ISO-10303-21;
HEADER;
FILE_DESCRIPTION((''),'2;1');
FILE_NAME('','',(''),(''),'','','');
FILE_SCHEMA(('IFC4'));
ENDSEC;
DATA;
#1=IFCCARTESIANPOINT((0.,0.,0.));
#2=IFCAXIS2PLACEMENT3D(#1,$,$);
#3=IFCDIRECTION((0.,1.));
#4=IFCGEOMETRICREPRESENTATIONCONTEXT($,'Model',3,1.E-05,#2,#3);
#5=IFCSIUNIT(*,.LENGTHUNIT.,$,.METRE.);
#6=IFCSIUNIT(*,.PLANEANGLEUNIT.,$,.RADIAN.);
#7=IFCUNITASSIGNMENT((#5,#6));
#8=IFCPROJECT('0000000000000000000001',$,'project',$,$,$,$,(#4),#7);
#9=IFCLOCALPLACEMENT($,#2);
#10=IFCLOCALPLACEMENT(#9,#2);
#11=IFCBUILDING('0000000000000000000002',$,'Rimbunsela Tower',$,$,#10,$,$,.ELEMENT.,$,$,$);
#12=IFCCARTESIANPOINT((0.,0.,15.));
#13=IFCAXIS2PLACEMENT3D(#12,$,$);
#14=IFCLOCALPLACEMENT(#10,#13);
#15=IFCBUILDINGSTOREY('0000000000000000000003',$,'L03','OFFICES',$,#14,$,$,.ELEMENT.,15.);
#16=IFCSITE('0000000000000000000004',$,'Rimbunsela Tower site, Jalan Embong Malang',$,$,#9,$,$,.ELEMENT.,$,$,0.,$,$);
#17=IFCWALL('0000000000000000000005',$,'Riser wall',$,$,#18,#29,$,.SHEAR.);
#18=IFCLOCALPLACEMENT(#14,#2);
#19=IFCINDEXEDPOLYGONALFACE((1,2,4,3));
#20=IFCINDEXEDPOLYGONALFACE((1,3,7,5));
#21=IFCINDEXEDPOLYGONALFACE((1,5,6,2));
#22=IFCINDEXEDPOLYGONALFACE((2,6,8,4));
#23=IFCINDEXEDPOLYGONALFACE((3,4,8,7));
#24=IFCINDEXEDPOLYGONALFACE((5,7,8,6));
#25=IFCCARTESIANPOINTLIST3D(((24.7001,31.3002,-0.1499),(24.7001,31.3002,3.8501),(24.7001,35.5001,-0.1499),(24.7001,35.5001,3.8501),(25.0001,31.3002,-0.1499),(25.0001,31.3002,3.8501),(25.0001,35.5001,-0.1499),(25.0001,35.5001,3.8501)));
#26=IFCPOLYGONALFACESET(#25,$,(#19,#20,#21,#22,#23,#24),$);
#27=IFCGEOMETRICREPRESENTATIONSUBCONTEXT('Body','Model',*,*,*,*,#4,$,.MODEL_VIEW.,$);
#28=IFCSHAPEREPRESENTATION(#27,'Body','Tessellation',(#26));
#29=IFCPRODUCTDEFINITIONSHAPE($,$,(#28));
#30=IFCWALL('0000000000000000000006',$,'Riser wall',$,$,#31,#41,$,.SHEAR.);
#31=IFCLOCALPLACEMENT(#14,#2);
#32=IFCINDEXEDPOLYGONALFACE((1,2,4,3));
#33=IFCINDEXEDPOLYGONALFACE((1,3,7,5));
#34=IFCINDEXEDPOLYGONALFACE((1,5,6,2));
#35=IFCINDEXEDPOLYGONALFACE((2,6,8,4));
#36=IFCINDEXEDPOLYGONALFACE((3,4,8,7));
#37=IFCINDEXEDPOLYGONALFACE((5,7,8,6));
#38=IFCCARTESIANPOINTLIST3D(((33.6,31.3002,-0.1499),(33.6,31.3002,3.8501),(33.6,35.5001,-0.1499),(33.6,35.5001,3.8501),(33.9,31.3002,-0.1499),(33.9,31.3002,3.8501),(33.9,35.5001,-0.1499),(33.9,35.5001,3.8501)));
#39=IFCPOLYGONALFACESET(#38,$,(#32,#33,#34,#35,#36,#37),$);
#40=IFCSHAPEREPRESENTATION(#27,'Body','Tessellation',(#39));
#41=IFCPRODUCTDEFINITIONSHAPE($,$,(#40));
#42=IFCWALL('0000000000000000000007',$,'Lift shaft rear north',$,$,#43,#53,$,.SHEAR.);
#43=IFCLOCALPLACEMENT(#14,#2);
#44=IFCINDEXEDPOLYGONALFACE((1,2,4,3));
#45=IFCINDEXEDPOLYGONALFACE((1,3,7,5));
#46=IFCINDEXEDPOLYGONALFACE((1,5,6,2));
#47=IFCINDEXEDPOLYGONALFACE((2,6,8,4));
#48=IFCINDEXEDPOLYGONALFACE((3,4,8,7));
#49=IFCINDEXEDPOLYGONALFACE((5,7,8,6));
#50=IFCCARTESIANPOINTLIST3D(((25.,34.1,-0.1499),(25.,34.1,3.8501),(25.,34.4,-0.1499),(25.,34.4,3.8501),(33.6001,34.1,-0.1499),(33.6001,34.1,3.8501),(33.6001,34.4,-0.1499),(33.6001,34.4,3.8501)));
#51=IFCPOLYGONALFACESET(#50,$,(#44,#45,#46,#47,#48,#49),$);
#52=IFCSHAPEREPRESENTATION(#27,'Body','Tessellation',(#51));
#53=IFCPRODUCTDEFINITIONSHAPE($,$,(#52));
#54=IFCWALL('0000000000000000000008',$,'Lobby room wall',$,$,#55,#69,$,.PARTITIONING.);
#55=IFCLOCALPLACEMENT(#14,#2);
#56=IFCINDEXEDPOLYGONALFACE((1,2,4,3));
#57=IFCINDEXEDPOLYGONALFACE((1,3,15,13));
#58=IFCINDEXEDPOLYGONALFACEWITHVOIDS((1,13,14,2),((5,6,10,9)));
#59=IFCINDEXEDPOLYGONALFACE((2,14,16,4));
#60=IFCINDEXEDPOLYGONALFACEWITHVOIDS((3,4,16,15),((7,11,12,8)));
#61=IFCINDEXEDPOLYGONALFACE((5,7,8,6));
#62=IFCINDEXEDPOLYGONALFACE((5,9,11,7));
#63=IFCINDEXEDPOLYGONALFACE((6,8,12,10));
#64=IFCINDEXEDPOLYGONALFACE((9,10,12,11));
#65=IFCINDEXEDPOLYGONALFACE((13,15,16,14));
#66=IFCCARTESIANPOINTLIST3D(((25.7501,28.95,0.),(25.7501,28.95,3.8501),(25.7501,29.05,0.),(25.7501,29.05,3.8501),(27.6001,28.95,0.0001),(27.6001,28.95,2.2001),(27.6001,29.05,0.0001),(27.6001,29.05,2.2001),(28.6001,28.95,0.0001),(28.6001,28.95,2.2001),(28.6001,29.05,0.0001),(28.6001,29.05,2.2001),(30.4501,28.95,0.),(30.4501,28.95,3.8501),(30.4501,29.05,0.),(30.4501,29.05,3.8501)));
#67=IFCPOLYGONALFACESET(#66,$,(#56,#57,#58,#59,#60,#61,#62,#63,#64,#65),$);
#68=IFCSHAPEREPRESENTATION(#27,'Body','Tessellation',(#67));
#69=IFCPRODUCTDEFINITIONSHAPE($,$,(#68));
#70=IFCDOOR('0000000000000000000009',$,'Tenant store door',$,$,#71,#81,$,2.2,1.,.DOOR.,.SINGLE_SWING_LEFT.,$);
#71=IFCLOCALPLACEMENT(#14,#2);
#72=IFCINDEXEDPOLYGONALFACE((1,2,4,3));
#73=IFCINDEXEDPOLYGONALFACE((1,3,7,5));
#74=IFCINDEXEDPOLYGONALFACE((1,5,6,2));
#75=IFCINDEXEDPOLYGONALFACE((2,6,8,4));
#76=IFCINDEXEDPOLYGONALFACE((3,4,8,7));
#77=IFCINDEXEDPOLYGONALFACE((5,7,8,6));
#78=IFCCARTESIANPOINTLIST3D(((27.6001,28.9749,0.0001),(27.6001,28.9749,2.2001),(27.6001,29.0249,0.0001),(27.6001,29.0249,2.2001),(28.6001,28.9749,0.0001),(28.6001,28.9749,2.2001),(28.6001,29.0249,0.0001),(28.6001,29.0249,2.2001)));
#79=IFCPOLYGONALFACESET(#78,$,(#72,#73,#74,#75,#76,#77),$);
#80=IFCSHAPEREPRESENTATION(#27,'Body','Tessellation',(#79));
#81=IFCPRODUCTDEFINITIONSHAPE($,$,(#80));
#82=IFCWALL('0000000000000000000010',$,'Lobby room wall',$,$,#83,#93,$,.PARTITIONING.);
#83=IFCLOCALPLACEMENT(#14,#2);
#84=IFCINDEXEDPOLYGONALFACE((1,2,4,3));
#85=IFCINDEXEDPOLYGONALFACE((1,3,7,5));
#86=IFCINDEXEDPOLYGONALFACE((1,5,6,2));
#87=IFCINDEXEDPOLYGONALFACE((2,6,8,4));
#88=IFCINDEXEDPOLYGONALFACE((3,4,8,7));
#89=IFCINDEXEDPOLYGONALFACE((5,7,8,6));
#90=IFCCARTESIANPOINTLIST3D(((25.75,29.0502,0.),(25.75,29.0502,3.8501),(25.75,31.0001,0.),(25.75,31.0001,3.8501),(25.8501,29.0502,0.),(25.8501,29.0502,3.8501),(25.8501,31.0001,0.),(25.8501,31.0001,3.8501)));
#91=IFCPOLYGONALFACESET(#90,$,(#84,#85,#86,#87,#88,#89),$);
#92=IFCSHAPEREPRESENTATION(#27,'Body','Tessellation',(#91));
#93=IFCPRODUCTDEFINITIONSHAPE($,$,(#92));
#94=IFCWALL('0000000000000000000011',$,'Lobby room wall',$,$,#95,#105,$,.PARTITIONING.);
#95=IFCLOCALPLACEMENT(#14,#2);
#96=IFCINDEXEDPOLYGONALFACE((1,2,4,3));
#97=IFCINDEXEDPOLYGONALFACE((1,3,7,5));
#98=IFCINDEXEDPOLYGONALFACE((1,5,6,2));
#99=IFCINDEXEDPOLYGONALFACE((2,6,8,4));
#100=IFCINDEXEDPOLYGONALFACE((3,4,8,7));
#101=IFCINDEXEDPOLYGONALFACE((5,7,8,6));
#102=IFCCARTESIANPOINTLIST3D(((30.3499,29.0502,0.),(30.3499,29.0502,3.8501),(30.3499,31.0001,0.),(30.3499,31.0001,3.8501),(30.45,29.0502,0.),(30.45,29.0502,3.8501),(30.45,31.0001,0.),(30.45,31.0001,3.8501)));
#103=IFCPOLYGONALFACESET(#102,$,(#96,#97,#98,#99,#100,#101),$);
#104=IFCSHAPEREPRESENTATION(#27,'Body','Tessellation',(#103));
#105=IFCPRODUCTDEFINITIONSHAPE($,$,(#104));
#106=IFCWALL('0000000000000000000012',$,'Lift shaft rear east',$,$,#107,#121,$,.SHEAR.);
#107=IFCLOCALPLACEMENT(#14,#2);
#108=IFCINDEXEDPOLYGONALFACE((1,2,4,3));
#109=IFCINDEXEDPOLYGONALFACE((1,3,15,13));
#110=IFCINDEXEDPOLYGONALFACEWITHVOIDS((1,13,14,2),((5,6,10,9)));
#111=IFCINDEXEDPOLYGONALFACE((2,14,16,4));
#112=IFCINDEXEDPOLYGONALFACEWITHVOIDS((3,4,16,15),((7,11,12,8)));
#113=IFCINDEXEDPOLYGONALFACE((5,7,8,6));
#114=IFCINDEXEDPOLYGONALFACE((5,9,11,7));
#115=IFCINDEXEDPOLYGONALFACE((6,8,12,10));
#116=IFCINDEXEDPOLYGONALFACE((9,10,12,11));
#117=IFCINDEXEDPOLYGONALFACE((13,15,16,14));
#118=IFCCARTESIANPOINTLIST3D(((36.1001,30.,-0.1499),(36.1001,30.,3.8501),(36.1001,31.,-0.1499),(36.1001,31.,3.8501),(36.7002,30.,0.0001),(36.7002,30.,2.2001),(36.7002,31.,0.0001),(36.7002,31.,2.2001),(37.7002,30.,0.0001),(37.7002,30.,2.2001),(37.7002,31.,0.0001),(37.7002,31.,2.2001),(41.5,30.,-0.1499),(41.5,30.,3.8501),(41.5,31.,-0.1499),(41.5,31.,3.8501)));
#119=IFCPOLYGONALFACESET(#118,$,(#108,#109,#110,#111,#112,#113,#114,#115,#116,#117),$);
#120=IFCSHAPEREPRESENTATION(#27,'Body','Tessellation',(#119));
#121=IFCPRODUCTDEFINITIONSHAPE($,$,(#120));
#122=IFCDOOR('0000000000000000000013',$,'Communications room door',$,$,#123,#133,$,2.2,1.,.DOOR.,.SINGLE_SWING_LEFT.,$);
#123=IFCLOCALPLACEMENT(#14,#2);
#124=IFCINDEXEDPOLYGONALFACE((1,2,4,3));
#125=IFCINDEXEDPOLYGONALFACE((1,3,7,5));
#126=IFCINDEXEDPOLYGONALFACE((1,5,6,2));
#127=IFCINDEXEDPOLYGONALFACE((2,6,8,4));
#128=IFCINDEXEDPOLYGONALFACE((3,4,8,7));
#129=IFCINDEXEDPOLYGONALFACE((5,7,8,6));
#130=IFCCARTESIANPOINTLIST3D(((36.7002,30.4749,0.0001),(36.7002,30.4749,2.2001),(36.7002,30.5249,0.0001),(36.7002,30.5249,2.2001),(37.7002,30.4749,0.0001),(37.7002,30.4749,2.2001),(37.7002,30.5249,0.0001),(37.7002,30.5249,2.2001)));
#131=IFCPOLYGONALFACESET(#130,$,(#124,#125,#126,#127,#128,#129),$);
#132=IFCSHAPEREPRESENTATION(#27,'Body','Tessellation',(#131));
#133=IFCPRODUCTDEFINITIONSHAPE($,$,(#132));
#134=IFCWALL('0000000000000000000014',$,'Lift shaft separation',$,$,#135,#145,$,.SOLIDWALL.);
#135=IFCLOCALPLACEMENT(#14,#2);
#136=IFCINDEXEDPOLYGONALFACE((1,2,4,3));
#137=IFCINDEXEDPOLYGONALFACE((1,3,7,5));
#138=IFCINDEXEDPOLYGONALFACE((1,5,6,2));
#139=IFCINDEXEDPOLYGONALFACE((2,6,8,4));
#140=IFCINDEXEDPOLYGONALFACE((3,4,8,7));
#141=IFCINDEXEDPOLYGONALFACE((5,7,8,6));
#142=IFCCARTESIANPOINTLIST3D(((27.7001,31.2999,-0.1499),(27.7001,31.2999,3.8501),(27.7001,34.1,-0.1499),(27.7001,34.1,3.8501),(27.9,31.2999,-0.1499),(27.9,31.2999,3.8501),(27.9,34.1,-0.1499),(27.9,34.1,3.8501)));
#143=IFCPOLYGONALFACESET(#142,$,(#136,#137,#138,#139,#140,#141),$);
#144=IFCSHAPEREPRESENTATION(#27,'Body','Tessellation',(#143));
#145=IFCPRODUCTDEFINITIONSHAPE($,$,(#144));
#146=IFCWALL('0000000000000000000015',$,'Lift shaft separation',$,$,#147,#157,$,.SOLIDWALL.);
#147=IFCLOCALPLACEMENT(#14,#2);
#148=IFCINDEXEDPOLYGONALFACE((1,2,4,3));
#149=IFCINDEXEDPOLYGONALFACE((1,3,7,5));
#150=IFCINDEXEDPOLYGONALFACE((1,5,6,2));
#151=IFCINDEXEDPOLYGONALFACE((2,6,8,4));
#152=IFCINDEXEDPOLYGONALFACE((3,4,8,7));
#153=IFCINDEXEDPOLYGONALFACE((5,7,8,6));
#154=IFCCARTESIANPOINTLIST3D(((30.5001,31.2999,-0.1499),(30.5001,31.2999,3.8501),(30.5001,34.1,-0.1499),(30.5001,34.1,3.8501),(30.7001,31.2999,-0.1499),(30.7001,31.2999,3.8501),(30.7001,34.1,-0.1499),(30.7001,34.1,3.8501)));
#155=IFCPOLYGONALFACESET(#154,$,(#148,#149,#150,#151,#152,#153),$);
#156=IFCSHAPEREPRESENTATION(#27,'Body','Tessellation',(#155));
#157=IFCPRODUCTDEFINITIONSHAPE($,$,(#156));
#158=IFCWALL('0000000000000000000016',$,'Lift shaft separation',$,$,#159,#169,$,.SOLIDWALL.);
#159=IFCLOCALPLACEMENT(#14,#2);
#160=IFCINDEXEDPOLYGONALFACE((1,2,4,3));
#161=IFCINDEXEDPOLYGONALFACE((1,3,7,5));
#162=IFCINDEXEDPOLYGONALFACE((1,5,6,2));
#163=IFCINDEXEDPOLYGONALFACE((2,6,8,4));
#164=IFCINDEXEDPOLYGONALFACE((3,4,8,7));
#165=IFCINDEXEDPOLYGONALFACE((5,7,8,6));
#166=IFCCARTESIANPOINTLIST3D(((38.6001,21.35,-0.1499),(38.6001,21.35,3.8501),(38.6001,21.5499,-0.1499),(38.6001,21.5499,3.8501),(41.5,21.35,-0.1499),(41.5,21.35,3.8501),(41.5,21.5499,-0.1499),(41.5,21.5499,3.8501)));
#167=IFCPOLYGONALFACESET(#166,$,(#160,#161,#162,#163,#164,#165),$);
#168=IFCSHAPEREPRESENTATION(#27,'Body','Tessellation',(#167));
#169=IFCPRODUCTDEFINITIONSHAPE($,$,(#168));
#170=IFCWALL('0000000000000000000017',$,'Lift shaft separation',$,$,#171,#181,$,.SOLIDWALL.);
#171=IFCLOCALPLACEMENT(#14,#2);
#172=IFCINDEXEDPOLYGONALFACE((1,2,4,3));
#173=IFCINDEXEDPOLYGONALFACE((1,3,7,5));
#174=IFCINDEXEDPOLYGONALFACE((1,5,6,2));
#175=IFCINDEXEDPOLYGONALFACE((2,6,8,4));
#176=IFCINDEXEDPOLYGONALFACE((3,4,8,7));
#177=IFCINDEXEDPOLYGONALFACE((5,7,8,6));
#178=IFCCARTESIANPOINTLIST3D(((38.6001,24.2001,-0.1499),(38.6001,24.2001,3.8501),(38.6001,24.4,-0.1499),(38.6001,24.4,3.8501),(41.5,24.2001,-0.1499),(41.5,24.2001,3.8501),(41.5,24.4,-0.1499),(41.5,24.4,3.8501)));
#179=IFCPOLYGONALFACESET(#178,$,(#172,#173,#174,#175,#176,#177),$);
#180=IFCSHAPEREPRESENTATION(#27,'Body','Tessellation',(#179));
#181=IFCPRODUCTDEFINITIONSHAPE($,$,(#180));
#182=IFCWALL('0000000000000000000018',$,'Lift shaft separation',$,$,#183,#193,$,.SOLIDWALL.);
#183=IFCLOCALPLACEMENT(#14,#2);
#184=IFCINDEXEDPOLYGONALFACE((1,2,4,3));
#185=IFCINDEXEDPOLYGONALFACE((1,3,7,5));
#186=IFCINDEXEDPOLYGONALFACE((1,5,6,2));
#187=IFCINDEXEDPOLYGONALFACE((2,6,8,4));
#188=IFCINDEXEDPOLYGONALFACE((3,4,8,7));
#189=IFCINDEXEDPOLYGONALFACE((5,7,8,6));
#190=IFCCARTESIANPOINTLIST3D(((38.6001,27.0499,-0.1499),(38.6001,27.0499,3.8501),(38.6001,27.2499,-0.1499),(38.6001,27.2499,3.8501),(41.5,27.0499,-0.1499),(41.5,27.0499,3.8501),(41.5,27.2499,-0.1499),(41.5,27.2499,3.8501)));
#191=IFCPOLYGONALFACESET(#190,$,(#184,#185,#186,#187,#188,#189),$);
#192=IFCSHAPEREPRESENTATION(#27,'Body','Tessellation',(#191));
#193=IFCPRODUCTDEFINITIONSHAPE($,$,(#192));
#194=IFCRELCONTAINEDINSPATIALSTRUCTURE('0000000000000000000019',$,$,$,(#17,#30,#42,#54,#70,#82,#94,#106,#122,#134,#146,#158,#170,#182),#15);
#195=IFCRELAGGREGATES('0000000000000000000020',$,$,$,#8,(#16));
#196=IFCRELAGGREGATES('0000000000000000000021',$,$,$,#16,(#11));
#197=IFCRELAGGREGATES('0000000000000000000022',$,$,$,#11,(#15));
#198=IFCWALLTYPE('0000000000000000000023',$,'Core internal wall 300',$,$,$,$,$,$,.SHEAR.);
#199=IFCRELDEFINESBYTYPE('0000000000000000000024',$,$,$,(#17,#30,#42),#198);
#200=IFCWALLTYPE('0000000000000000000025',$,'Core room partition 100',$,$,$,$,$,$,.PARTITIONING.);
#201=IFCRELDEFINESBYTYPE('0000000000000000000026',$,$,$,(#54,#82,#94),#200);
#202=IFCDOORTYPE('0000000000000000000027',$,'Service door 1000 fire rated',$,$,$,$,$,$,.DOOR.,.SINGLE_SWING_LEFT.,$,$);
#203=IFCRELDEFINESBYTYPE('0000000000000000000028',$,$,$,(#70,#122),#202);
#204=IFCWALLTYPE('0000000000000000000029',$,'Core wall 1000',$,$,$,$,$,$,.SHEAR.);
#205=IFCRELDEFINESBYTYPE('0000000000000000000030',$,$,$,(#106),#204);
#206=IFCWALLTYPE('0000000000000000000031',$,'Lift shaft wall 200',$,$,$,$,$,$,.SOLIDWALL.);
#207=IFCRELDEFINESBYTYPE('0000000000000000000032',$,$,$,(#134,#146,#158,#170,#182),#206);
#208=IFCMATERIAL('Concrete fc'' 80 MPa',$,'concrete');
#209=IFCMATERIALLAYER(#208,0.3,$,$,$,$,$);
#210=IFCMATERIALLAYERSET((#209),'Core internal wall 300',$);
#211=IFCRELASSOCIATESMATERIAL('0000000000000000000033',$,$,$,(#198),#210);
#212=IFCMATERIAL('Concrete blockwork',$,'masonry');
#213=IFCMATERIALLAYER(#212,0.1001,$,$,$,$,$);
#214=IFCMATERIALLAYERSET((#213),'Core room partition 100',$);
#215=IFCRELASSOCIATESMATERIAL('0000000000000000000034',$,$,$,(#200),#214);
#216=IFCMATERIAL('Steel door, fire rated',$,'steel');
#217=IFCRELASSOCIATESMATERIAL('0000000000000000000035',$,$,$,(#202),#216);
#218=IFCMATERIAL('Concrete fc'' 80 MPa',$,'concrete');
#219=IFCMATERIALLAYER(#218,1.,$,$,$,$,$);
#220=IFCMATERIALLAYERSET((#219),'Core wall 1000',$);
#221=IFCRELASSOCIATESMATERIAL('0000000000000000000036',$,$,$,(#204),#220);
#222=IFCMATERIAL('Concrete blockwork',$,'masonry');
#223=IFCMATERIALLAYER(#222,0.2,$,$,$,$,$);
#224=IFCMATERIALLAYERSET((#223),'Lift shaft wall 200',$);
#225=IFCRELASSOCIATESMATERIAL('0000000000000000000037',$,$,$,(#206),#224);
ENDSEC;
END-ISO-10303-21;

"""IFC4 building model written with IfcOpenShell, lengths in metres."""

from ifc_helpers import new_model, si_unit, direction, frame, frame_2d, origin, place, context, subcontext, project, spatial, rectangle, extrude, material, layer, layer_set, type_object, element, fill, save


model = new_model("IFC4")

# Units and contexts
model_context = context("Model", 3, precision=1e-05, world=origin(), true_north=direction((0.0, 1.0)))
body_context = subcontext(model_context, "Body", "Model", "MODEL_VIEW")
ifc_project = project(units=[si_unit("LENGTHUNIT", "METRE"), si_unit("PLANEANGLEUNIT", "RADIAN")], contexts=[model_context])

# Site, building, storey
site_placement = place(None, origin())
site = spatial("IfcSite", under=ifc_project, at=site_placement, Name="Rimbunsela Tower site, Jalan Embong Malang", CompositionType="ELEMENT", RefElevation=0.0)
building_placement = place(site_placement, origin())
building = spatial("IfcBuilding", under=site, at=building_placement, Name="Rimbunsela Tower", CompositionType="ELEMENT")
storey_placement = place(building_placement, frame((0.0, 0.0, 15.0)))
storey = spatial("IfcBuildingStorey", under=building, at=storey_placement, Name="L03", Description="OFFICES", CompositionType="ELEMENT", Elevation=15.0)

# Shared definitions
ifc_material_1 = material(Name="Concrete fc' 80 MPa", Category="concrete")
ifc_layer_1 = layer(ifc_material_1, 0.3)
ifc_layer_set_1 = layer_set([ifc_layer_1], Name="Core internal wall 300")
wall_type_1 = type_object("IfcWallType", Name="Core internal wall 300", PredefinedType="SHEAR", material=ifc_layer_set_1)

# Walls
for number, where, z_axis, x_axis, name in (
    (1, (24.8501, 31.3, -0.1499), (0.0, 0.0, 1.0), (0.0, 1.0, 0.0), "Riser wall"),
    (2, (33.75, 31.3, -0.1499), (0.0, 0.0, 1.0), (0.0, 1.0, 0.0), "Riser wall"),
):
    element("IfcWall", number, at=place(storey_placement, frame(where, z_axis=z_axis, x_axis=x_axis)), inside=storey, type_object=wall_type_1, Name=name, PredefinedType="SHEAR", context=body_context, shape_type="SweptSolid", body=[
        extrude(rectangle(XDim=4.2, YDim=0.3, at=frame_2d((2.1001, 0.0))), origin(), (0.0, 0.0, 1.0), 4.0),
    ])
wall_1_placement = place(storey_placement, frame((25.0, 34.25, -0.1499), z_axis=(0.0, 0.0, 1.0), x_axis=(1.0, 0.0, 0.0)))
element("IfcWall", 3, at=wall_1_placement, inside=storey, type_object=wall_type_1, Name="Lift shaft rear north", PredefinedType="SHEAR", context=body_context, shape_type="SweptSolid", body=[
    extrude(rectangle(XDim=8.6001, YDim=0.3, at=frame_2d((4.3, 0.0))), origin(), (0.0, 0.0, 1.0), 4.0),
])

# Wall, opening, door
ifc_material_2 = material(Name="Concrete blockwork", Category="masonry")
ifc_layer_2 = layer(ifc_material_2, 0.1001)
ifc_layer_set_2 = layer_set([ifc_layer_2], Name="Core room partition 100")
wall_type_2 = type_object("IfcWallType", Name="Core room partition 100", PredefinedType="PARTITIONING", material=ifc_layer_set_2)
wall_2_placement = place(storey_placement, frame((25.75, 29.0, 0.0), z_axis=(0.0, 0.0, 1.0), x_axis=(1.0, 0.0, 0.0)))
wall_2 = element("IfcWall", 4, at=wall_2_placement, inside=storey, type_object=wall_type_2, Name="Lobby room wall", PredefinedType="PARTITIONING", context=body_context, shape_type="SweptSolid", body=[
    extrude(rectangle(XDim=4.7, YDim=0.1001, at=frame_2d((2.3501, 0.0))), origin(), (0.0, 0.0, 1.0), 3.8501),
])
opening_1_placement = place(wall_2_placement, frame((1.8501, 0.0, 0.0)))
opening_1 = element("IfcOpeningElement", 5, at=opening_1_placement, cuts=wall_2, PredefinedType="OPENING", context=body_context, shape_type="SweptSolid", body=[
    extrude(rectangle(XDim=1.0, YDim=2.2, at=frame_2d((0.5, 1.1001))), frame((0.0, 0.0601, 0.0), z_axis=(0.0, -1.0, 0.0), x_axis=(1.0, 0.0, 0.0)), (0.0, 0.0, 1.0), 0.1201),
])
ifc_material_3 = material(Name="Steel door, fire rated", Category="steel")
door_type_1 = type_object("IfcDoorType", Name="Service door 1000 fire rated", OperationType="SINGLE_SWING_LEFT", PredefinedType="DOOR", material=ifc_material_3)
door_1_placement = place(opening_1_placement, origin())
door_1 = element("IfcDoor", 6, at=door_1_placement, inside=storey, type_object=door_type_1, Name="Tenant store door", OperationType="SINGLE_SWING_LEFT", OverallHeight=2.2, OverallWidth=1.0, PredefinedType="DOOR", context=body_context, shape_type="SweptSolid", body=[
    extrude(rectangle(XDim=1.0, YDim=2.2, at=frame_2d((0.5, 1.1001))), frame((0.0, 0.0249, 0.0), z_axis=(0.0, -1.0, 0.0), x_axis=(1.0, 0.0, 0.0)), (0.0, 0.0, 1.0), 0.05),
])
fill(opening_1, door_1)

# Walls
for number, where, z_axis, x_axis, name in (
    (7, (25.8, 29.05, 0.0), (0.0, 0.0, 1.0), (0.0, 1.0, 0.0), "Lobby room wall"),
    (8, (30.3999, 29.05, 0.0), (0.0, 0.0, 1.0), (0.0, 1.0, 0.0), "Lobby room wall"),
):
    element("IfcWall", number, at=place(storey_placement, frame(where, z_axis=z_axis, x_axis=x_axis)), inside=storey, type_object=wall_type_2, Name=name, PredefinedType="PARTITIONING", context=body_context, shape_type="SweptSolid", body=[
        extrude(rectangle(XDim=1.95, YDim=0.1001, at=frame_2d((0.9751, 0.0))), origin(), (0.0, 0.0, 1.0), 3.8501),
    ])

# Wall, opening, door
ifc_material_4 = material(Name="Concrete fc' 80 MPa", Category="concrete")
ifc_layer_3 = layer(ifc_material_4, 1.0)
ifc_layer_set_3 = layer_set([ifc_layer_3], Name="Core wall 1000")
wall_type_3 = type_object("IfcWallType", Name="Core wall 1000", PredefinedType="SHEAR", material=ifc_layer_set_3)
wall_3_placement = place(storey_placement, frame((36.1001, 30.5, -0.1499), z_axis=(0.0, 0.0, 1.0), x_axis=(1.0, 0.0, 0.0)))
wall_3 = element("IfcWall", 9, at=wall_3_placement, inside=storey, type_object=wall_type_3, Name="Lift shaft rear east", PredefinedType="SHEAR", context=body_context, shape_type="SweptSolid", body=[
    extrude(rectangle(XDim=5.3999, YDim=1.0, at=frame_2d((2.7, 0.0))), origin(), (0.0, 0.0, 1.0), 4.0),
])
opening_2_placement = place(wall_3_placement, frame((0.6001, 0.0, 0.1499)))
opening_2 = element("IfcOpeningElement", 10, at=opening_2_placement, cuts=wall_3, PredefinedType="OPENING", context=body_context, shape_type="SweptSolid", body=[
    extrude(rectangle(XDim=1.0, YDim=2.2, at=frame_2d((0.5, 1.1001))), frame((0.0, 0.51, 0.0), z_axis=(0.0, -1.0, 0.0), x_axis=(1.0, 0.0, 0.0)), (0.0, 0.0, 1.0), 1.02),
])
door_2_placement = place(opening_2_placement, origin())
door_2 = element("IfcDoor", 11, at=door_2_placement, inside=storey, type_object=door_type_1, Name="Communications room door", OperationType="SINGLE_SWING_LEFT", OverallHeight=2.2, OverallWidth=1.0, PredefinedType="DOOR", context=body_context, shape_type="SweptSolid", body=[
    extrude(rectangle(XDim=1.0, YDim=2.2, at=frame_2d((0.5, 1.1001))), frame((0.0, 0.0249, 0.0), z_axis=(0.0, -1.0, 0.0), x_axis=(1.0, 0.0, 0.0)), (0.0, 0.0, 1.0), 0.05),
])
fill(opening_2, door_2)

# Walls
ifc_material_5 = material(Name="Concrete blockwork", Category="masonry")
ifc_layer_4 = layer(ifc_material_5, 0.2)
ifc_layer_set_4 = layer_set([ifc_layer_4], Name="Lift shaft wall 200")
wall_type_4 = type_object("IfcWallType", Name="Lift shaft wall 200", PredefinedType="SOLIDWALL", material=ifc_layer_set_4)
for number, where, z_axis, x_axis, name in (
    (12, (27.8, 31.3, -0.1499), (0.0, 0.0, 1.0), (0.0, 1.0, 0.0), "Lift shaft separation"),
    (13, (30.6001, 31.3, -0.1499), (0.0, 0.0, 1.0), (0.0, 1.0, 0.0), "Lift shaft separation"),
):
    element("IfcWall", number, at=place(storey_placement, frame(where, z_axis=z_axis, x_axis=x_axis)), inside=storey, type_object=wall_type_4, Name=name, PredefinedType="SOLIDWALL", context=body_context, shape_type="SweptSolid", body=[
        extrude(rectangle(XDim=2.8, YDim=0.2, at=frame_2d((1.3999, 0.0))), origin(), (0.0, 0.0, 1.0), 4.0),
    ])
for number, where, z_axis, x_axis, name in (
    (14, (38.6001, 21.45, -0.1499), (0.0, 0.0, 1.0), (1.0, 0.0, 0.0), "Lift shaft separation"),
    (15, (38.6001, 24.3, -0.1499), (0.0, 0.0, 1.0), (1.0, 0.0, 0.0), "Lift shaft separation"),
    (16, (38.6001, 27.1499, -0.1499), (0.0, 0.0, 1.0), (1.0, 0.0, 0.0), "Lift shaft separation"),
):
    element("IfcWall", number, at=place(storey_placement, frame(where, z_axis=z_axis, x_axis=x_axis)), inside=storey, type_object=wall_type_4, Name=name, PredefinedType="SOLIDWALL", context=body_context, shape_type="SweptSolid", body=[
        extrude(rectangle(XDim=2.8999, YDim=0.2, at=frame_2d((1.45, 0.0))), origin(), (0.0, 0.0, 1.0), 4.0),
    ])

save(model, "model.ifc")
